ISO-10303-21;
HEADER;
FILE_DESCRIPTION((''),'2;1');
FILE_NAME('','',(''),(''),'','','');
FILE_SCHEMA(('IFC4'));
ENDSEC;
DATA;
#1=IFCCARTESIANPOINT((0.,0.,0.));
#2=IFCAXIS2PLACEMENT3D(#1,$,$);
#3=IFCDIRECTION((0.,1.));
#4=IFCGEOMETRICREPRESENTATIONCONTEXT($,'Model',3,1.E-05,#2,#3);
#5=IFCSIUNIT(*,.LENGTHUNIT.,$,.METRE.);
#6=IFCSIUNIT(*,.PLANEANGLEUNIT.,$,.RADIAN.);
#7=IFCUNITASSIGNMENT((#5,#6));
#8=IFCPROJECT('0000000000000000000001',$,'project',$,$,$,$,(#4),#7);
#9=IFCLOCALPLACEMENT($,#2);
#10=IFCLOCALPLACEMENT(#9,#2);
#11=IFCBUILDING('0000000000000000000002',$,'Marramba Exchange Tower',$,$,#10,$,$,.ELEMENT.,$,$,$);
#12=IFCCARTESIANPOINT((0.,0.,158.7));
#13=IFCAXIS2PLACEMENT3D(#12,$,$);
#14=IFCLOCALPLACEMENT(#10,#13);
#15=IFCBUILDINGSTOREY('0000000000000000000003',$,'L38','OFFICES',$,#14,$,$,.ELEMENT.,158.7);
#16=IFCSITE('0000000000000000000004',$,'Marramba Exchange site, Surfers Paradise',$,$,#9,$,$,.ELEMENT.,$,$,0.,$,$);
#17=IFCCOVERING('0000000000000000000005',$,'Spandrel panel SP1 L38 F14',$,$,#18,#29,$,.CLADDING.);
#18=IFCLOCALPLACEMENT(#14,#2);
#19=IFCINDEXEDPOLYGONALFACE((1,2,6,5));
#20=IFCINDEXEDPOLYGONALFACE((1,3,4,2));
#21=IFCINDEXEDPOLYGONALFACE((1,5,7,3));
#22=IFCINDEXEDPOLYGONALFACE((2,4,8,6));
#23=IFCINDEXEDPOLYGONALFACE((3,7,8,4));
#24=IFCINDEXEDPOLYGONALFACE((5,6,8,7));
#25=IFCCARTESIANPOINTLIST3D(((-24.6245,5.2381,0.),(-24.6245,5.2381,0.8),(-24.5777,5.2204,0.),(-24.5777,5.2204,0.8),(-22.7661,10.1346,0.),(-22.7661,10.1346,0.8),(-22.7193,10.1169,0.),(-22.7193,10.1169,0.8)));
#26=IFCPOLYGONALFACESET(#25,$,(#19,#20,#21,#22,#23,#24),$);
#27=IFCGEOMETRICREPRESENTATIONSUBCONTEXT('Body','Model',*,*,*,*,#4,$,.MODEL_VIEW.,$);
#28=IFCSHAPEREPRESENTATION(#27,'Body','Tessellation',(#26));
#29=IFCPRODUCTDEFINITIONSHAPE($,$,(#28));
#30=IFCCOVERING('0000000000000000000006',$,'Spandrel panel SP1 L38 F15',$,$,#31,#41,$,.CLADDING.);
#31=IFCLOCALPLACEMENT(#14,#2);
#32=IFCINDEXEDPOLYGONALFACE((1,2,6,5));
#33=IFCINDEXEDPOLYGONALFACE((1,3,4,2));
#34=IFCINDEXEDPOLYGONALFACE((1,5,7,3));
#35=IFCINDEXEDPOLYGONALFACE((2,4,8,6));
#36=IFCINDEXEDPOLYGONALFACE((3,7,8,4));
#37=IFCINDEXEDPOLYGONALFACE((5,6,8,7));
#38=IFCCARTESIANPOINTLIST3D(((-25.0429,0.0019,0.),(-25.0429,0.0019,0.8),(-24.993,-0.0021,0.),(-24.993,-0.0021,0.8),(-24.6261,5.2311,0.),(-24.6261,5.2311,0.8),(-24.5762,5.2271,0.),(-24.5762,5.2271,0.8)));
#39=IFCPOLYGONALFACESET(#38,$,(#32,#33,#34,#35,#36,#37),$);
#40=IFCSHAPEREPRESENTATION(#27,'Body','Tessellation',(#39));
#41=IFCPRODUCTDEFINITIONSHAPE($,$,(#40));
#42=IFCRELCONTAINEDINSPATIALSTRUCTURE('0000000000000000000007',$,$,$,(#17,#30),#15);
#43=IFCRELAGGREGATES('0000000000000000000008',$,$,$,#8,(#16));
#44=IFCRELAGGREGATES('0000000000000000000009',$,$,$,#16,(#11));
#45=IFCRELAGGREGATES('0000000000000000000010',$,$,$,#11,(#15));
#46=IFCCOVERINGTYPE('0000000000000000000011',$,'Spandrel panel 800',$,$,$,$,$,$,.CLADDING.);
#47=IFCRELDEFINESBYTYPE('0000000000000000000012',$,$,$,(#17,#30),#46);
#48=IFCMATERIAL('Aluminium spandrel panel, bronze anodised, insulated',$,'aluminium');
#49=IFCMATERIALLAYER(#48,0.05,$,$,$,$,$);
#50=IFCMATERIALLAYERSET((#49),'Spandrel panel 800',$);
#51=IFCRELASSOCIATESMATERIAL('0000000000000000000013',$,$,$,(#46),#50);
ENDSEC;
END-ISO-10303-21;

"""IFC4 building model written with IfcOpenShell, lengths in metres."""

from ifc_helpers import new_model, si_unit, direction, frame, origin, origin_2d, place, context, subcontext, project, spatial, rectangle, extrude, material, layer, layer_set, type_object, element, save


model = new_model("IFC4")

# Units and contexts
model_context = context("Model", 3, precision=1e-05, world=origin(), true_north=direction((0.0, 1.0)))
body_context = subcontext(model_context, "Body", "Model", "MODEL_VIEW")
ifc_project = project(units=[si_unit("LENGTHUNIT", "METRE"), si_unit("PLANEANGLEUNIT", "RADIAN")], contexts=[model_context])

# Site, building, storey
site_placement = place(None, origin())
site = spatial("IfcSite", under=ifc_project, at=site_placement, Name="Marramba Exchange site, Surfers Paradise", CompositionType="ELEMENT", RefElevation=0.0)
building_placement = place(site_placement, origin())
building = spatial("IfcBuilding", under=site, at=building_placement, Name="Marramba Exchange Tower", CompositionType="ELEMENT")
storey_placement = place(building_placement, frame((0.0, 0.0, 158.7)))
storey = spatial("IfcBuildingStorey", under=building, at=storey_placement, Name="L38", Description="OFFICES", CompositionType="ELEMENT", Elevation=158.7)

# Coverings
ifc_material_1 = material(Name="Aluminium spandrel panel, bronze anodised, insulated", Category="aluminium")
ifc_layer_1 = layer(ifc_material_1, 0.05)
ifc_layer_set_1 = layer_set([ifc_layer_1], Name="Spandrel panel 800")
covering_type = type_object("IfcCoveringType", Name="Spandrel panel 800", PredefinedType="CLADDING", material=ifc_layer_set_1)
covering_1_placement = place(storey_placement, frame((-23.6719, 7.6775, 0.0), z_axis=(0.0, 0.0, 1.0), x_axis=(-0.354844, -0.934925, 0.0)))
element("IfcCovering", 1, at=covering_1_placement, inside=storey, type_object=covering_type, Name="Spandrel panel SP1 L38 F14", PredefinedType="CLADDING", context=body_context, shape_type="SweptSolid", body=[
    extrude(rectangle(XDim=5.2373, YDim=0.05, at=origin_2d()), origin(), (0.0, 0.0, 1.0), 0.8),
])
covering_2_placement = place(storey_placement, frame((-24.8096, 2.6145, 0.0), z_axis=(0.0, 0.0, 1.0), x_axis=(-0.07946, -0.996838, 0.0)))
element("IfcCovering", 2, at=covering_2_placement, inside=storey, type_object=covering_type, Name="Spandrel panel SP1 L38 F15", PredefinedType="CLADDING", context=body_context, shape_type="SweptSolid", body=[
    extrude(rectangle(XDim=5.2458, YDim=0.05, at=origin_2d()), origin(), (0.0, 0.0, 1.0), 0.8),
])

save(model, "model.ifc")
